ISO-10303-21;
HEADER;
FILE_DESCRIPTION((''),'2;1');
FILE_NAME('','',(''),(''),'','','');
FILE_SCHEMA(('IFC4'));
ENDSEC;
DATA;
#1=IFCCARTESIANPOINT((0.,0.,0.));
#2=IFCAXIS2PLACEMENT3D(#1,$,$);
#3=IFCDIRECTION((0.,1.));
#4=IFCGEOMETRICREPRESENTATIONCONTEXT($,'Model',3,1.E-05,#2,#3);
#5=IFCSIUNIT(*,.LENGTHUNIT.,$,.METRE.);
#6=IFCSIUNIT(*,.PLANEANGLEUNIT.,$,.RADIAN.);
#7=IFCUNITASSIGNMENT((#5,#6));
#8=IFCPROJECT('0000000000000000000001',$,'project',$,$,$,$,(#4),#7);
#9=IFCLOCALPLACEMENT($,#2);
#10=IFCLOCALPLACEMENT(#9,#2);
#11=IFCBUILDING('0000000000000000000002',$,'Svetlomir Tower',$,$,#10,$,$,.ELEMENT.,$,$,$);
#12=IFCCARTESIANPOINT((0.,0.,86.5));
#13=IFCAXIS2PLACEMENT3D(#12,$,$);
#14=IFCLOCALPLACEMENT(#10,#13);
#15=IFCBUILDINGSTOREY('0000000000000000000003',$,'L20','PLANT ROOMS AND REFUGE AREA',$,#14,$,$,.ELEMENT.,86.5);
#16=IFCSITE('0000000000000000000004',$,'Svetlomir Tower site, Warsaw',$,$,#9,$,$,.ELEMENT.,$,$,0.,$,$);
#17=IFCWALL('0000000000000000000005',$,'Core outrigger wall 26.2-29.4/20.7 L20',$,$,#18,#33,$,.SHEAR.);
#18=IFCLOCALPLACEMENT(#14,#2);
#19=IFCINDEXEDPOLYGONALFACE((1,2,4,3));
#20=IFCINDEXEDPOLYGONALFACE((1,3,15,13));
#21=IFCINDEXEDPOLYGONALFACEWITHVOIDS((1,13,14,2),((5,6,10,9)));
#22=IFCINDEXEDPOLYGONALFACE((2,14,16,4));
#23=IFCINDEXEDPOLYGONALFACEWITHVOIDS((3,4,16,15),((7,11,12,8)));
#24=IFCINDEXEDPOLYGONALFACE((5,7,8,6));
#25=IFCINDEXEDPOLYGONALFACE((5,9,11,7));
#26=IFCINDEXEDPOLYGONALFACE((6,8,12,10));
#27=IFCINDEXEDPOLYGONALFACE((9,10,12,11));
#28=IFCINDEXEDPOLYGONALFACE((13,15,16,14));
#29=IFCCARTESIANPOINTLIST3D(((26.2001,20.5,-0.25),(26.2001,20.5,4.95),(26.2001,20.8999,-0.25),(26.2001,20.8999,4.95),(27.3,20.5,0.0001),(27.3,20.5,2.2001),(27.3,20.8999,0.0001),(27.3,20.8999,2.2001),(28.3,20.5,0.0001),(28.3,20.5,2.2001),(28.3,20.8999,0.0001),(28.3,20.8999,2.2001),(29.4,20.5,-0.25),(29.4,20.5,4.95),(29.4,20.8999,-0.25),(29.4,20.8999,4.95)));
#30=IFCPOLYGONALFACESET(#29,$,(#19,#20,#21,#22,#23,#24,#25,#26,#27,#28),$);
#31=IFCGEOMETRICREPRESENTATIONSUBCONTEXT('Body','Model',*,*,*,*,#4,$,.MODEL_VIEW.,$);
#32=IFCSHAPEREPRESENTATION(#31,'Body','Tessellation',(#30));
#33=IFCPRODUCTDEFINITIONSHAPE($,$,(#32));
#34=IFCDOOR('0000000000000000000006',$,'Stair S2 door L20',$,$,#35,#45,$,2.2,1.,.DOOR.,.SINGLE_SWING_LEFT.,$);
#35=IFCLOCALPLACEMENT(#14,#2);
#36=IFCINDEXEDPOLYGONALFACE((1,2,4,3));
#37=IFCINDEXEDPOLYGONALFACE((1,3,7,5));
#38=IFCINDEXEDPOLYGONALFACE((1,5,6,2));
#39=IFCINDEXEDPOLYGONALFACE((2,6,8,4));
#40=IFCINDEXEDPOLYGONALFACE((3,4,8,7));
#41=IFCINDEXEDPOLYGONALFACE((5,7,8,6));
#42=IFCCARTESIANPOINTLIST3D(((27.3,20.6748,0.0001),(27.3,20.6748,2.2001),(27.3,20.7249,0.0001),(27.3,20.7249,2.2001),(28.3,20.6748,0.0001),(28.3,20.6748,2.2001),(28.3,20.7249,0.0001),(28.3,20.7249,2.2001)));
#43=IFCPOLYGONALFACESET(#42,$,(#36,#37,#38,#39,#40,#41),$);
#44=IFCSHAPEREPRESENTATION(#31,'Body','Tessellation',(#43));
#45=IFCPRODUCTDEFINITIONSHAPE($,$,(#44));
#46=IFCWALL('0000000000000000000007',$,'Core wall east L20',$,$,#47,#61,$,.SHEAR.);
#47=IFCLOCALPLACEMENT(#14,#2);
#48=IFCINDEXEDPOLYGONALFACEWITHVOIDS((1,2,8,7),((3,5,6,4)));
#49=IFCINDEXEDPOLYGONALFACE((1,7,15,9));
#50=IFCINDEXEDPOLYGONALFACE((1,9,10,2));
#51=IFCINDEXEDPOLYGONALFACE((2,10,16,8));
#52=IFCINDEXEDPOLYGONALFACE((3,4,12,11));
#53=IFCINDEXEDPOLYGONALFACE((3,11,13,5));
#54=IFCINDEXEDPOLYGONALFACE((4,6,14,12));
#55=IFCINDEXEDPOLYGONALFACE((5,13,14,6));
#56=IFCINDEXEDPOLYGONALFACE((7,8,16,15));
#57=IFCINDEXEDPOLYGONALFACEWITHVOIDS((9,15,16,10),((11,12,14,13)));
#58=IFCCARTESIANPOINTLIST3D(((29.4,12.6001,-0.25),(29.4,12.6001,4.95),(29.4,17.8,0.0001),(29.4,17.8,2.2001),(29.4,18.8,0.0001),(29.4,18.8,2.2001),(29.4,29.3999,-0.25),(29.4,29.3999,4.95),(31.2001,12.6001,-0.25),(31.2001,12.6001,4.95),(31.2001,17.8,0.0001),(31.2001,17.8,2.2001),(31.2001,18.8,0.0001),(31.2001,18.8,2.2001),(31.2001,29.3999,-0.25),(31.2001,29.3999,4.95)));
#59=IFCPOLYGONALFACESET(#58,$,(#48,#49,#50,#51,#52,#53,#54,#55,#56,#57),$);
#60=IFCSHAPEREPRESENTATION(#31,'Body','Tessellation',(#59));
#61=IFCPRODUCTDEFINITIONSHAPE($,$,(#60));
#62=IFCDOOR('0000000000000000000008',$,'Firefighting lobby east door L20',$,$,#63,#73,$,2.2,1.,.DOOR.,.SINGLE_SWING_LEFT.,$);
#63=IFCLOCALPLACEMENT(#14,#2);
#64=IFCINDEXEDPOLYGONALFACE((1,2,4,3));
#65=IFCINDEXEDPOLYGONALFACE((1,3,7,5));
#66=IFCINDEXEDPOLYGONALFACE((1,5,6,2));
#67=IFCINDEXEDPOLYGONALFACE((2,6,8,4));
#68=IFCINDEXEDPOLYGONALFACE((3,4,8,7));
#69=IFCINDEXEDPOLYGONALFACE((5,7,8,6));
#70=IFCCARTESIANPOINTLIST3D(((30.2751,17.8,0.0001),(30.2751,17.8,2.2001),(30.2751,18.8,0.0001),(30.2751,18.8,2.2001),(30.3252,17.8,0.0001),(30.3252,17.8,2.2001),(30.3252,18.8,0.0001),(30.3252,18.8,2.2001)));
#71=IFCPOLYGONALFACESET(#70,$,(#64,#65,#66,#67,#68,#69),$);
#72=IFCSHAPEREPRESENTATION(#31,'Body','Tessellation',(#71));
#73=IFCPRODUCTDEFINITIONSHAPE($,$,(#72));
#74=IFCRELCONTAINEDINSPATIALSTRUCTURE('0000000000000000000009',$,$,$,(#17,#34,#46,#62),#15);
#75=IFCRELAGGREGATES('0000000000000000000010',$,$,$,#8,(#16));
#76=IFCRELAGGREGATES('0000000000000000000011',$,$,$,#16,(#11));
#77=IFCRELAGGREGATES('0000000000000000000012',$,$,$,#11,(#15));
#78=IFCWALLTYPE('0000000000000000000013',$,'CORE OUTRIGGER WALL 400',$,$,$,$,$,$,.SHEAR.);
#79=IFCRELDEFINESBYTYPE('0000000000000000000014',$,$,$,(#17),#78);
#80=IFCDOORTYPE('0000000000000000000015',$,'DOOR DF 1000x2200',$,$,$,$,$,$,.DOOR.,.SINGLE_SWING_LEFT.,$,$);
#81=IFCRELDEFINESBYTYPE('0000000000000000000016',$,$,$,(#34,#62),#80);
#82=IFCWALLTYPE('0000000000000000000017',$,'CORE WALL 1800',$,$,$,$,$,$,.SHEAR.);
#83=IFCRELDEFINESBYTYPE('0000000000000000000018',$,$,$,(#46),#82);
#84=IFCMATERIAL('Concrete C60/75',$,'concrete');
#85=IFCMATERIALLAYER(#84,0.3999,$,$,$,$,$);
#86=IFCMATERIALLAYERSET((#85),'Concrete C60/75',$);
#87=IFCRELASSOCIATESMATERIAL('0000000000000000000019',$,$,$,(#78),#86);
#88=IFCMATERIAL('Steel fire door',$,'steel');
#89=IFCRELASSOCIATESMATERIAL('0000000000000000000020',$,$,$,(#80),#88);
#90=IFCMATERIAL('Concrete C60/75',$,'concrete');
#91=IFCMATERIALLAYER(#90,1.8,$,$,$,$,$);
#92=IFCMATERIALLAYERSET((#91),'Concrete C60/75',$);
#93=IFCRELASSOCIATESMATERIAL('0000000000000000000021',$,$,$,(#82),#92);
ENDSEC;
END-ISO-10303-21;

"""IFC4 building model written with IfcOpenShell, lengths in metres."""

from ifc_helpers import new_model, si_unit, direction, frame, frame_2d, origin, place, context, subcontext, project, spatial, rectangle, extrude, material, layer, layer_set, type_object, element, fill, save


model = new_model("IFC4")

# Units and contexts
model_context = context("Model", 3, precision=1e-05, world=origin(), true_north=direction((0.0, 1.0)))
body_context = subcontext(model_context, "Body", "Model", "MODEL_VIEW")
ifc_project = project(units=[si_unit("LENGTHUNIT", "METRE"), si_unit("PLANEANGLEUNIT", "RADIAN")], contexts=[model_context])

# Site, building, storey
site_placement = place(None, origin())
site = spatial("IfcSite", under=ifc_project, at=site_placement, Name="Svetlomir Tower site, Warsaw", CompositionType="ELEMENT", RefElevation=0.0)
building_placement = place(site_placement, origin())
building = spatial("IfcBuilding", under=site, at=building_placement, Name="Svetlomir Tower", CompositionType="ELEMENT")
storey_placement = place(building_placement, frame((0.0, 0.0, 86.5)))
storey = spatial("IfcBuildingStorey", under=building, at=storey_placement, Name="L20", Description="PLANT ROOMS AND REFUGE AREA", CompositionType="ELEMENT", Elevation=86.5)

# Walls, openings, doors
ifc_material_1 = material(Name="Concrete C60/75", Category="concrete")
ifc_layer_1 = layer(ifc_material_1, 0.3999)
ifc_layer_set_1 = layer_set([ifc_layer_1], Name="Concrete C60/75")
wall_type_1 = type_object("IfcWallType", Name="CORE OUTRIGGER WALL 400", PredefinedType="SHEAR", material=ifc_layer_set_1)
wall_1_placement = place(storey_placement, frame((26.2, 20.7, -0.25), z_axis=(0.0, 0.0, 1.0), x_axis=(1.0, 0.0, 0.0)))
wall_1 = element("IfcWall", 1, at=wall_1_placement, inside=storey, type_object=wall_type_1, Name="Core outrigger wall 26.2-29.4/20.7 L20", PredefinedType="SHEAR", context=body_context, shape_type="SweptSolid", body=[
    extrude(rectangle(XDim=3.2, YDim=0.3999, at=frame_2d((1.6001, 0.0))), origin(), (0.0, 0.0, 1.0), 5.2),
])
opening_1_placement = place(wall_1_placement, frame((1.1001, 0.0, 0.25)))
opening_1 = element("IfcOpeningElement", 2, at=opening_1_placement, cuts=wall_1, PredefinedType="OPENING", context=body_context, shape_type="SweptSolid", body=[
    extrude(rectangle(XDim=1.0, YDim=2.2, at=frame_2d((0.5, 1.1001))), frame((0.0, 0.21, 0.0), z_axis=(0.0, -1.0, 0.0), x_axis=(1.0, 0.0, 0.0)), (0.0, 0.0, 1.0), 0.4199),
])
ifc_material_2 = material(Name="Steel fire door", Category="steel")
door_type_1 = type_object("IfcDoorType", Name="DOOR DF 1000x2200", OperationType="SINGLE_SWING_LEFT", PredefinedType="DOOR", material=ifc_material_2)
door_1_placement = place(opening_1_placement, origin())
door_1 = element("IfcDoor", 3, at=door_1_placement, inside=storey, type_object=door_type_1, Name="Stair S2 door L20", OperationType="SINGLE_SWING_LEFT", OverallHeight=2.2, OverallWidth=1.0, PredefinedType="DOOR", context=body_context, shape_type="SweptSolid", body=[
    extrude(rectangle(XDim=1.0, YDim=2.2, at=frame_2d((0.5, 1.1001))), frame((0.0, 0.0249, 0.0), z_axis=(0.0, -1.0, 0.0), x_axis=(1.0, 0.0, 0.0)), (0.0, 0.0, 1.0), 0.05),
])
fill(opening_1, door_1)
ifc_material_3 = material(Name="Concrete C60/75", Category="concrete")
ifc_layer_2 = layer(ifc_material_3, 1.8)
ifc_layer_set_2 = layer_set([ifc_layer_2], Name="Concrete C60/75")
wall_type_2 = type_object("IfcWallType", Name="CORE WALL 1800", PredefinedType="SHEAR", material=ifc_layer_set_2)
wall_2_placement = place(storey_placement, frame((30.3, 12.6001, -0.25), z_axis=(0.0, 0.0, 1.0), x_axis=(0.0, 1.0, 0.0)))
wall_2 = element("IfcWall", 4, at=wall_2_placement, inside=storey, type_object=wall_type_2, Name="Core wall east L20", PredefinedType="SHEAR", context=body_context, shape_type="SweptSolid", body=[
    extrude(rectangle(XDim=16.7998, YDim=1.8, at=frame_2d((8.3999, 0.0))), origin(), (0.0, 0.0, 1.0), 5.2),
])
opening_2_placement = place(wall_2_placement, frame((5.2, 0.0, 0.25)))
opening_2 = element("IfcOpeningElement", 5, at=opening_2_placement, cuts=wall_2, PredefinedType="OPENING", context=body_context, shape_type="SweptSolid", body=[
    extrude(rectangle(XDim=1.0, YDim=2.2, at=frame_2d((0.5, 1.1001))), frame((0.0, 0.9102, 0.0), z_axis=(0.0, -1.0, 0.0), x_axis=(1.0, 0.0, 0.0)), (0.0, 0.0, 1.0), 1.8201),
])
door_2_placement = place(opening_2_placement, origin())
door_2 = element("IfcDoor", 6, at=door_2_placement, inside=storey, type_object=door_type_1, Name="Firefighting lobby east door L20", OperationType="SINGLE_SWING_LEFT", OverallHeight=2.2, OverallWidth=1.0, PredefinedType="DOOR", context=body_context, shape_type="SweptSolid", body=[
    extrude(rectangle(XDim=1.0, YDim=2.2, at=frame_2d((0.5, 1.1001))), frame((0.0, 0.0249, 0.0), z_axis=(0.0, -1.0, 0.0), x_axis=(1.0, 0.0, 0.0)), (0.0, 0.0, 1.0), 0.05),
])
fill(opening_2, door_2)

save(model, "model.ifc")
